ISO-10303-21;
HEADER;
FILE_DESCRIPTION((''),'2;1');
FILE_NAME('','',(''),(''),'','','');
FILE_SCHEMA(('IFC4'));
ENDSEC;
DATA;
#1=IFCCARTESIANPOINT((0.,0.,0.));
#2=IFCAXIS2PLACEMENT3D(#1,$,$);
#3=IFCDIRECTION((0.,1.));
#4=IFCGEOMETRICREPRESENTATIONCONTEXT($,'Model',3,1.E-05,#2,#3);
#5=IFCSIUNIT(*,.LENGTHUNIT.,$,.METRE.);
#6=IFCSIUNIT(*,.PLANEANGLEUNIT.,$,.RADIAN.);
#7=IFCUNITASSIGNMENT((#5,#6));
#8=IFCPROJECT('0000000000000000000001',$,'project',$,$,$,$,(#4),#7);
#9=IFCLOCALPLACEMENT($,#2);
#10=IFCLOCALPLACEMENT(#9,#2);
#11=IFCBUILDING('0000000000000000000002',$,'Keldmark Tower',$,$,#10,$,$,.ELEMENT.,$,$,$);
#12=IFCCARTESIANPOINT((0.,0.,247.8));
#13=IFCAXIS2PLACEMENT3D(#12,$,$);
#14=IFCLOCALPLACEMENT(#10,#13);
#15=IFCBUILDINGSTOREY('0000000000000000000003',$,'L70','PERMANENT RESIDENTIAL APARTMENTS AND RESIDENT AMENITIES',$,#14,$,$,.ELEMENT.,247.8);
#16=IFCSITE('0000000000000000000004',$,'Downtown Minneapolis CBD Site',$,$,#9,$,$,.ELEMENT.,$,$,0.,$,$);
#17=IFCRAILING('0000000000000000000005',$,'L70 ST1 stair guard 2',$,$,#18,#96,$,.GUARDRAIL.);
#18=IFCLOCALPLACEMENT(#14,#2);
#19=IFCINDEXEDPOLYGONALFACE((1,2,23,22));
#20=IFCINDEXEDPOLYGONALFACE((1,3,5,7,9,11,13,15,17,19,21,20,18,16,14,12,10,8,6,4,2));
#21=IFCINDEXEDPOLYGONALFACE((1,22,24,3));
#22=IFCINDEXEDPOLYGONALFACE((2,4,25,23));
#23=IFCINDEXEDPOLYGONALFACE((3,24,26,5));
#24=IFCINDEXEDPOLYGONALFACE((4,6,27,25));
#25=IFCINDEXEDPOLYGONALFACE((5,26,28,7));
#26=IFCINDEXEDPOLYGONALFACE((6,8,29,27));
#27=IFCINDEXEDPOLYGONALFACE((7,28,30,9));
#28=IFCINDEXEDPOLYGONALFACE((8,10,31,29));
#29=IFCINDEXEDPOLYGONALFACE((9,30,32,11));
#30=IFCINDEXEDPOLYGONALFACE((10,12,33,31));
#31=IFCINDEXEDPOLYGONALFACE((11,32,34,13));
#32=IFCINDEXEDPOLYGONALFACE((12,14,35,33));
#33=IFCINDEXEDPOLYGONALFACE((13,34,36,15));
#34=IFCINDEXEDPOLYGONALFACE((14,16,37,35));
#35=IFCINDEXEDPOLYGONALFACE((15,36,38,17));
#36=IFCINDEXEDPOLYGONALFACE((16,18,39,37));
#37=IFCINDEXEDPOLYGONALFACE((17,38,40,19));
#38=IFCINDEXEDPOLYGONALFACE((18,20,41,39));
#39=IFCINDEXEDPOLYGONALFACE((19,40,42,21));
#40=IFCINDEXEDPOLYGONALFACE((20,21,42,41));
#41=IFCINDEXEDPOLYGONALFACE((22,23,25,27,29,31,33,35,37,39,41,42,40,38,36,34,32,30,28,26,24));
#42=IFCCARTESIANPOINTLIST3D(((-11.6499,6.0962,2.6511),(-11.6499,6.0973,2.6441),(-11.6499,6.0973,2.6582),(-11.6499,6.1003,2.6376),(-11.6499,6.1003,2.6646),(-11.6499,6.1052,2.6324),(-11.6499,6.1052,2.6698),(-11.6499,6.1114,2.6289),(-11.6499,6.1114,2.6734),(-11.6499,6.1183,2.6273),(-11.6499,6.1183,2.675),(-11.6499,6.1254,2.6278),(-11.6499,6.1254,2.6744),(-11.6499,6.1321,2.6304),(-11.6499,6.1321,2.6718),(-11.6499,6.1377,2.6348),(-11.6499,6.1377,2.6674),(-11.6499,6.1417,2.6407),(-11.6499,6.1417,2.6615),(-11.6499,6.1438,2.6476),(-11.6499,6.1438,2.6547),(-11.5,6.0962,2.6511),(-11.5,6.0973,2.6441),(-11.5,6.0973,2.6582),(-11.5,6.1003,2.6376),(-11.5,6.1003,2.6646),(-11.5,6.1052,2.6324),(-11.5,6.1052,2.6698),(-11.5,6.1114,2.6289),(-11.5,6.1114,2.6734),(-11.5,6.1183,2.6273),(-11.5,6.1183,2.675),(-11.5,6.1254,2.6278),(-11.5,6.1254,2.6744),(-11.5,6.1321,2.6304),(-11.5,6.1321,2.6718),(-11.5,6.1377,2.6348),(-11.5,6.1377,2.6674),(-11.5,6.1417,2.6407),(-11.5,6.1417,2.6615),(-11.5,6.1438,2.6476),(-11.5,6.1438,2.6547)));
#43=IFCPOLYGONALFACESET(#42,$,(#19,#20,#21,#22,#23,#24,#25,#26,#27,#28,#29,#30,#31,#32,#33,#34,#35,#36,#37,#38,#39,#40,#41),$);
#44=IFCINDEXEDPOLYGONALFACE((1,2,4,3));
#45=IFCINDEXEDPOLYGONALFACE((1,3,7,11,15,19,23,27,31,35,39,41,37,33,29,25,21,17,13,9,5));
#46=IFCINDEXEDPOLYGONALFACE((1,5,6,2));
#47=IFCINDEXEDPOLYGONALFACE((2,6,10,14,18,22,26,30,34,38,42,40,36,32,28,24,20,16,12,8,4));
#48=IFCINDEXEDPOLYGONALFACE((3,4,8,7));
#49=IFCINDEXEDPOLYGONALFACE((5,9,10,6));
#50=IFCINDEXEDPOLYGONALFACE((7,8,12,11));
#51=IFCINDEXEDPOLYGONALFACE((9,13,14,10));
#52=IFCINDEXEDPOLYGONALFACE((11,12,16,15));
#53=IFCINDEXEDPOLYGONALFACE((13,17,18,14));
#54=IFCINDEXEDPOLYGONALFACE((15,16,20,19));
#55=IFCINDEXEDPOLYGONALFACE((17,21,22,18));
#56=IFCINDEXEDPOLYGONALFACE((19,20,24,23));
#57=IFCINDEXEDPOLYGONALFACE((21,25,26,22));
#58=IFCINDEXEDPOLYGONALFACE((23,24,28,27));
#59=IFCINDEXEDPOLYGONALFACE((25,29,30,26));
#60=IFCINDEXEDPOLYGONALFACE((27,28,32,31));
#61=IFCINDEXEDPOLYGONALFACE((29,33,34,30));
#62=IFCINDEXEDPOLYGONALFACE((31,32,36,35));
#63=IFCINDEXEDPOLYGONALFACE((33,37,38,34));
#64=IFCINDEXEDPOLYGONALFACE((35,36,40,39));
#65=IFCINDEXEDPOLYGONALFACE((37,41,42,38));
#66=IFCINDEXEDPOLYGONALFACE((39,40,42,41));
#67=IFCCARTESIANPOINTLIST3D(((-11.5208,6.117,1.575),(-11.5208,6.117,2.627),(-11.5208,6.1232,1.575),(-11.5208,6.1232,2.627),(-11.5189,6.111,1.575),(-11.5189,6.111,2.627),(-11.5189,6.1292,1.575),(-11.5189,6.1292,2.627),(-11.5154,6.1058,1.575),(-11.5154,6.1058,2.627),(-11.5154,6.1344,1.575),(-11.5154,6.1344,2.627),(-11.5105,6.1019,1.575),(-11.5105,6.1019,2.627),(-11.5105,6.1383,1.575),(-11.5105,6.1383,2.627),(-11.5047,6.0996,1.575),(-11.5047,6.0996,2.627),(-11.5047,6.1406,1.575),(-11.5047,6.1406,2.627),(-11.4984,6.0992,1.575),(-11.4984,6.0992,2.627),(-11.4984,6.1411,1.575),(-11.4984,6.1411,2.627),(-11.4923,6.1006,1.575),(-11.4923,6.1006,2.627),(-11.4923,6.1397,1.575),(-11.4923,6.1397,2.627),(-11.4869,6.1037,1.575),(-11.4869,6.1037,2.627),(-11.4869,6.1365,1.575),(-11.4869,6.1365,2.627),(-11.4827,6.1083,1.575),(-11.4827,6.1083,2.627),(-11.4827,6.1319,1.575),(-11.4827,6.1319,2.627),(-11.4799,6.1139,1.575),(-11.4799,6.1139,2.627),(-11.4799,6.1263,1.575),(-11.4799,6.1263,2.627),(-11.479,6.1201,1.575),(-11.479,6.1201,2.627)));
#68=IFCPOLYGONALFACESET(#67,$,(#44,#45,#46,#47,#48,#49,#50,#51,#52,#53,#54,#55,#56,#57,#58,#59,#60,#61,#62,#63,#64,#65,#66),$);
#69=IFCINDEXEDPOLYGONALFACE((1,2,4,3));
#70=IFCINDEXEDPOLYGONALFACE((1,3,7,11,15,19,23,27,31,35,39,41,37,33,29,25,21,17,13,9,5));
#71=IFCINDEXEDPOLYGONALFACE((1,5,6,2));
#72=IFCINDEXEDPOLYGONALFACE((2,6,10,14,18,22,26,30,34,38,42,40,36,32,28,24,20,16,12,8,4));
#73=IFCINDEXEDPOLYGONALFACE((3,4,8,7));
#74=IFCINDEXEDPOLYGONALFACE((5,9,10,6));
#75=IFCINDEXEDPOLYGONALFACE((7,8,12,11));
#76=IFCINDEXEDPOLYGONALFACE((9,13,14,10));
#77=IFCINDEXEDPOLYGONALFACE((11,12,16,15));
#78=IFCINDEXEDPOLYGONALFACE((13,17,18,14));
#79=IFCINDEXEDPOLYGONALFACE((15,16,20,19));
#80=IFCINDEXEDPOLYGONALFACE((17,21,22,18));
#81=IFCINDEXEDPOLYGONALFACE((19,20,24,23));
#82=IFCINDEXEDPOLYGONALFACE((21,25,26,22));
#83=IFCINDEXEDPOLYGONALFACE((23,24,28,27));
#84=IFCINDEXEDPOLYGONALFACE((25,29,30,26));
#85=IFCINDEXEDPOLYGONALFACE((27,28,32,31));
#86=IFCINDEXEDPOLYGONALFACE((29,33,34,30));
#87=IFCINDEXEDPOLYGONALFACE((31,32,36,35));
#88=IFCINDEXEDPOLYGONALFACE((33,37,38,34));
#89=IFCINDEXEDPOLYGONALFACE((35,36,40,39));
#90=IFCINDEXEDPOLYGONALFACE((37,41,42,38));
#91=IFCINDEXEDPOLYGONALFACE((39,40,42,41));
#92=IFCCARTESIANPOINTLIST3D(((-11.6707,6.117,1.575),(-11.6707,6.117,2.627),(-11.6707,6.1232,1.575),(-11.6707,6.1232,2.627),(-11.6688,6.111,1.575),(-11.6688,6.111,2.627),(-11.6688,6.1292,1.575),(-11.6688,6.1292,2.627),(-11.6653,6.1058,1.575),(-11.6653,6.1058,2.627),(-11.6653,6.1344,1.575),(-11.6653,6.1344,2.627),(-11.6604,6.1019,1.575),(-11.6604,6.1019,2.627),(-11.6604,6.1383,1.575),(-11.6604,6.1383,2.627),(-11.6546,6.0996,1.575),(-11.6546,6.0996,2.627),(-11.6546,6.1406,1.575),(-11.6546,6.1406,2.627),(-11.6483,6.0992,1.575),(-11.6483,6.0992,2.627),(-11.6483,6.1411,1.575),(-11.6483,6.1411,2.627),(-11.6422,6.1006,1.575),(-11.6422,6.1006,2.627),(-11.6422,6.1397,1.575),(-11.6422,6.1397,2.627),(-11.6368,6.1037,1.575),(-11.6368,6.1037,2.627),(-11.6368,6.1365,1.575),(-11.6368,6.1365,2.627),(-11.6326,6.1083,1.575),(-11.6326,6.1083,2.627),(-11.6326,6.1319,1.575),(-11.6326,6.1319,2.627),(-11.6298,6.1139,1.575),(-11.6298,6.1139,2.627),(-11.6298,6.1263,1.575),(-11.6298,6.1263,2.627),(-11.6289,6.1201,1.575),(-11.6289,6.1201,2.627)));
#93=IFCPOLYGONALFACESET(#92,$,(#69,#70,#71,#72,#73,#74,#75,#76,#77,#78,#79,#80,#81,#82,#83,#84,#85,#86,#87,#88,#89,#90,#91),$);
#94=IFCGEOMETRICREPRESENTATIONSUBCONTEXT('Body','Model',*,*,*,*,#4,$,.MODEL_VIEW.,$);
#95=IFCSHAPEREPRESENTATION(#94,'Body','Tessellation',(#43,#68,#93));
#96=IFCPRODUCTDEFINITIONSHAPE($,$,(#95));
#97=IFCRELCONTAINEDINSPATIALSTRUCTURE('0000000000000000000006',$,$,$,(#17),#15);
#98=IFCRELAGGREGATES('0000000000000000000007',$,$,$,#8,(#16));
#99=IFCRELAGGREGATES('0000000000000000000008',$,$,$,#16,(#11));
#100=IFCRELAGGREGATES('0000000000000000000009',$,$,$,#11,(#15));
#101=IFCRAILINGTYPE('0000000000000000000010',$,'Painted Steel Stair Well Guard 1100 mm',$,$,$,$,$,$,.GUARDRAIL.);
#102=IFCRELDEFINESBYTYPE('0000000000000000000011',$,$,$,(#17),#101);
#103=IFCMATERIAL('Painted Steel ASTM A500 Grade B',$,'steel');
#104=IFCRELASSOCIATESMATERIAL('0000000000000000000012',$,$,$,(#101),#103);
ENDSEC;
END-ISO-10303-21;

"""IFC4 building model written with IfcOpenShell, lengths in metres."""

from ifc_helpers import new_model, si_unit, direction, frame, origin, origin_2d, place, context, subcontext, project, spatial, circle, extrude, material, type_object, element, save


model = new_model("IFC4")

# Units and contexts
model_context = context("Model", 3, precision=1e-05, world=origin(), true_north=direction((0.0, 1.0)))
body_context = subcontext(model_context, "Body", "Model", "MODEL_VIEW")
ifc_project = project(units=[si_unit("LENGTHUNIT", "METRE"), si_unit("PLANEANGLEUNIT", "RADIAN")], contexts=[model_context])

# Site, building, storey
site_placement = place(None, origin())
site = spatial("IfcSite", under=ifc_project, at=site_placement, Name="Downtown Minneapolis CBD Site", CompositionType="ELEMENT", RefElevation=0.0)
building_placement = place(site_placement, origin())
building = spatial("IfcBuilding", under=site, at=building_placement, Name="Keldmark Tower", CompositionType="ELEMENT")
storey_placement = place(building_placement, frame((0.0, 0.0, 247.8)))
storey = spatial("IfcBuildingStorey", under=building, at=storey_placement, Name="L70", Description="PERMANENT RESIDENTIAL APARTMENTS AND RESIDENT AMENITIES", CompositionType="ELEMENT", Elevation=247.8)

# Railing
ifc_material_1 = material(Name="Painted Steel ASTM A500 Grade B", Category="steel")
railing_type_1 = type_object("IfcRailingType", Name="Painted Steel Stair Well Guard 1100 mm", PredefinedType="GUARDRAIL", material=ifc_material_1)
railing_1_placement = place(storey_placement, frame((-11.5, 6.1201, 1.575)))
element("IfcRailing", 1, at=railing_1_placement, inside=storey, type_object=railing_type_1, Name="L70 ST1 stair guard 2", PredefinedType="GUARDRAIL", context=body_context, shape_type="SweptSolid", body=[
    extrude(circle(Radius=0.0239, at=origin_2d()), frame((0.0, 0.0, 1.0762), z_axis=(-1.0, 0.0, 0.0), x_axis=(0.0, -1.0, 0.0)), (0.0, 0.0, 1.0), 0.1499),
    extrude(circle(Radius=0.021, at=origin_2d()), origin(), (0.0, 0.0, 1.0), 1.052),
    extrude(circle(Radius=0.021, at=origin_2d()), frame((-0.1499, 0.0, 0.0)), (0.0, 0.0, 1.0), 1.052),
])

save(model, "model.ifc")
